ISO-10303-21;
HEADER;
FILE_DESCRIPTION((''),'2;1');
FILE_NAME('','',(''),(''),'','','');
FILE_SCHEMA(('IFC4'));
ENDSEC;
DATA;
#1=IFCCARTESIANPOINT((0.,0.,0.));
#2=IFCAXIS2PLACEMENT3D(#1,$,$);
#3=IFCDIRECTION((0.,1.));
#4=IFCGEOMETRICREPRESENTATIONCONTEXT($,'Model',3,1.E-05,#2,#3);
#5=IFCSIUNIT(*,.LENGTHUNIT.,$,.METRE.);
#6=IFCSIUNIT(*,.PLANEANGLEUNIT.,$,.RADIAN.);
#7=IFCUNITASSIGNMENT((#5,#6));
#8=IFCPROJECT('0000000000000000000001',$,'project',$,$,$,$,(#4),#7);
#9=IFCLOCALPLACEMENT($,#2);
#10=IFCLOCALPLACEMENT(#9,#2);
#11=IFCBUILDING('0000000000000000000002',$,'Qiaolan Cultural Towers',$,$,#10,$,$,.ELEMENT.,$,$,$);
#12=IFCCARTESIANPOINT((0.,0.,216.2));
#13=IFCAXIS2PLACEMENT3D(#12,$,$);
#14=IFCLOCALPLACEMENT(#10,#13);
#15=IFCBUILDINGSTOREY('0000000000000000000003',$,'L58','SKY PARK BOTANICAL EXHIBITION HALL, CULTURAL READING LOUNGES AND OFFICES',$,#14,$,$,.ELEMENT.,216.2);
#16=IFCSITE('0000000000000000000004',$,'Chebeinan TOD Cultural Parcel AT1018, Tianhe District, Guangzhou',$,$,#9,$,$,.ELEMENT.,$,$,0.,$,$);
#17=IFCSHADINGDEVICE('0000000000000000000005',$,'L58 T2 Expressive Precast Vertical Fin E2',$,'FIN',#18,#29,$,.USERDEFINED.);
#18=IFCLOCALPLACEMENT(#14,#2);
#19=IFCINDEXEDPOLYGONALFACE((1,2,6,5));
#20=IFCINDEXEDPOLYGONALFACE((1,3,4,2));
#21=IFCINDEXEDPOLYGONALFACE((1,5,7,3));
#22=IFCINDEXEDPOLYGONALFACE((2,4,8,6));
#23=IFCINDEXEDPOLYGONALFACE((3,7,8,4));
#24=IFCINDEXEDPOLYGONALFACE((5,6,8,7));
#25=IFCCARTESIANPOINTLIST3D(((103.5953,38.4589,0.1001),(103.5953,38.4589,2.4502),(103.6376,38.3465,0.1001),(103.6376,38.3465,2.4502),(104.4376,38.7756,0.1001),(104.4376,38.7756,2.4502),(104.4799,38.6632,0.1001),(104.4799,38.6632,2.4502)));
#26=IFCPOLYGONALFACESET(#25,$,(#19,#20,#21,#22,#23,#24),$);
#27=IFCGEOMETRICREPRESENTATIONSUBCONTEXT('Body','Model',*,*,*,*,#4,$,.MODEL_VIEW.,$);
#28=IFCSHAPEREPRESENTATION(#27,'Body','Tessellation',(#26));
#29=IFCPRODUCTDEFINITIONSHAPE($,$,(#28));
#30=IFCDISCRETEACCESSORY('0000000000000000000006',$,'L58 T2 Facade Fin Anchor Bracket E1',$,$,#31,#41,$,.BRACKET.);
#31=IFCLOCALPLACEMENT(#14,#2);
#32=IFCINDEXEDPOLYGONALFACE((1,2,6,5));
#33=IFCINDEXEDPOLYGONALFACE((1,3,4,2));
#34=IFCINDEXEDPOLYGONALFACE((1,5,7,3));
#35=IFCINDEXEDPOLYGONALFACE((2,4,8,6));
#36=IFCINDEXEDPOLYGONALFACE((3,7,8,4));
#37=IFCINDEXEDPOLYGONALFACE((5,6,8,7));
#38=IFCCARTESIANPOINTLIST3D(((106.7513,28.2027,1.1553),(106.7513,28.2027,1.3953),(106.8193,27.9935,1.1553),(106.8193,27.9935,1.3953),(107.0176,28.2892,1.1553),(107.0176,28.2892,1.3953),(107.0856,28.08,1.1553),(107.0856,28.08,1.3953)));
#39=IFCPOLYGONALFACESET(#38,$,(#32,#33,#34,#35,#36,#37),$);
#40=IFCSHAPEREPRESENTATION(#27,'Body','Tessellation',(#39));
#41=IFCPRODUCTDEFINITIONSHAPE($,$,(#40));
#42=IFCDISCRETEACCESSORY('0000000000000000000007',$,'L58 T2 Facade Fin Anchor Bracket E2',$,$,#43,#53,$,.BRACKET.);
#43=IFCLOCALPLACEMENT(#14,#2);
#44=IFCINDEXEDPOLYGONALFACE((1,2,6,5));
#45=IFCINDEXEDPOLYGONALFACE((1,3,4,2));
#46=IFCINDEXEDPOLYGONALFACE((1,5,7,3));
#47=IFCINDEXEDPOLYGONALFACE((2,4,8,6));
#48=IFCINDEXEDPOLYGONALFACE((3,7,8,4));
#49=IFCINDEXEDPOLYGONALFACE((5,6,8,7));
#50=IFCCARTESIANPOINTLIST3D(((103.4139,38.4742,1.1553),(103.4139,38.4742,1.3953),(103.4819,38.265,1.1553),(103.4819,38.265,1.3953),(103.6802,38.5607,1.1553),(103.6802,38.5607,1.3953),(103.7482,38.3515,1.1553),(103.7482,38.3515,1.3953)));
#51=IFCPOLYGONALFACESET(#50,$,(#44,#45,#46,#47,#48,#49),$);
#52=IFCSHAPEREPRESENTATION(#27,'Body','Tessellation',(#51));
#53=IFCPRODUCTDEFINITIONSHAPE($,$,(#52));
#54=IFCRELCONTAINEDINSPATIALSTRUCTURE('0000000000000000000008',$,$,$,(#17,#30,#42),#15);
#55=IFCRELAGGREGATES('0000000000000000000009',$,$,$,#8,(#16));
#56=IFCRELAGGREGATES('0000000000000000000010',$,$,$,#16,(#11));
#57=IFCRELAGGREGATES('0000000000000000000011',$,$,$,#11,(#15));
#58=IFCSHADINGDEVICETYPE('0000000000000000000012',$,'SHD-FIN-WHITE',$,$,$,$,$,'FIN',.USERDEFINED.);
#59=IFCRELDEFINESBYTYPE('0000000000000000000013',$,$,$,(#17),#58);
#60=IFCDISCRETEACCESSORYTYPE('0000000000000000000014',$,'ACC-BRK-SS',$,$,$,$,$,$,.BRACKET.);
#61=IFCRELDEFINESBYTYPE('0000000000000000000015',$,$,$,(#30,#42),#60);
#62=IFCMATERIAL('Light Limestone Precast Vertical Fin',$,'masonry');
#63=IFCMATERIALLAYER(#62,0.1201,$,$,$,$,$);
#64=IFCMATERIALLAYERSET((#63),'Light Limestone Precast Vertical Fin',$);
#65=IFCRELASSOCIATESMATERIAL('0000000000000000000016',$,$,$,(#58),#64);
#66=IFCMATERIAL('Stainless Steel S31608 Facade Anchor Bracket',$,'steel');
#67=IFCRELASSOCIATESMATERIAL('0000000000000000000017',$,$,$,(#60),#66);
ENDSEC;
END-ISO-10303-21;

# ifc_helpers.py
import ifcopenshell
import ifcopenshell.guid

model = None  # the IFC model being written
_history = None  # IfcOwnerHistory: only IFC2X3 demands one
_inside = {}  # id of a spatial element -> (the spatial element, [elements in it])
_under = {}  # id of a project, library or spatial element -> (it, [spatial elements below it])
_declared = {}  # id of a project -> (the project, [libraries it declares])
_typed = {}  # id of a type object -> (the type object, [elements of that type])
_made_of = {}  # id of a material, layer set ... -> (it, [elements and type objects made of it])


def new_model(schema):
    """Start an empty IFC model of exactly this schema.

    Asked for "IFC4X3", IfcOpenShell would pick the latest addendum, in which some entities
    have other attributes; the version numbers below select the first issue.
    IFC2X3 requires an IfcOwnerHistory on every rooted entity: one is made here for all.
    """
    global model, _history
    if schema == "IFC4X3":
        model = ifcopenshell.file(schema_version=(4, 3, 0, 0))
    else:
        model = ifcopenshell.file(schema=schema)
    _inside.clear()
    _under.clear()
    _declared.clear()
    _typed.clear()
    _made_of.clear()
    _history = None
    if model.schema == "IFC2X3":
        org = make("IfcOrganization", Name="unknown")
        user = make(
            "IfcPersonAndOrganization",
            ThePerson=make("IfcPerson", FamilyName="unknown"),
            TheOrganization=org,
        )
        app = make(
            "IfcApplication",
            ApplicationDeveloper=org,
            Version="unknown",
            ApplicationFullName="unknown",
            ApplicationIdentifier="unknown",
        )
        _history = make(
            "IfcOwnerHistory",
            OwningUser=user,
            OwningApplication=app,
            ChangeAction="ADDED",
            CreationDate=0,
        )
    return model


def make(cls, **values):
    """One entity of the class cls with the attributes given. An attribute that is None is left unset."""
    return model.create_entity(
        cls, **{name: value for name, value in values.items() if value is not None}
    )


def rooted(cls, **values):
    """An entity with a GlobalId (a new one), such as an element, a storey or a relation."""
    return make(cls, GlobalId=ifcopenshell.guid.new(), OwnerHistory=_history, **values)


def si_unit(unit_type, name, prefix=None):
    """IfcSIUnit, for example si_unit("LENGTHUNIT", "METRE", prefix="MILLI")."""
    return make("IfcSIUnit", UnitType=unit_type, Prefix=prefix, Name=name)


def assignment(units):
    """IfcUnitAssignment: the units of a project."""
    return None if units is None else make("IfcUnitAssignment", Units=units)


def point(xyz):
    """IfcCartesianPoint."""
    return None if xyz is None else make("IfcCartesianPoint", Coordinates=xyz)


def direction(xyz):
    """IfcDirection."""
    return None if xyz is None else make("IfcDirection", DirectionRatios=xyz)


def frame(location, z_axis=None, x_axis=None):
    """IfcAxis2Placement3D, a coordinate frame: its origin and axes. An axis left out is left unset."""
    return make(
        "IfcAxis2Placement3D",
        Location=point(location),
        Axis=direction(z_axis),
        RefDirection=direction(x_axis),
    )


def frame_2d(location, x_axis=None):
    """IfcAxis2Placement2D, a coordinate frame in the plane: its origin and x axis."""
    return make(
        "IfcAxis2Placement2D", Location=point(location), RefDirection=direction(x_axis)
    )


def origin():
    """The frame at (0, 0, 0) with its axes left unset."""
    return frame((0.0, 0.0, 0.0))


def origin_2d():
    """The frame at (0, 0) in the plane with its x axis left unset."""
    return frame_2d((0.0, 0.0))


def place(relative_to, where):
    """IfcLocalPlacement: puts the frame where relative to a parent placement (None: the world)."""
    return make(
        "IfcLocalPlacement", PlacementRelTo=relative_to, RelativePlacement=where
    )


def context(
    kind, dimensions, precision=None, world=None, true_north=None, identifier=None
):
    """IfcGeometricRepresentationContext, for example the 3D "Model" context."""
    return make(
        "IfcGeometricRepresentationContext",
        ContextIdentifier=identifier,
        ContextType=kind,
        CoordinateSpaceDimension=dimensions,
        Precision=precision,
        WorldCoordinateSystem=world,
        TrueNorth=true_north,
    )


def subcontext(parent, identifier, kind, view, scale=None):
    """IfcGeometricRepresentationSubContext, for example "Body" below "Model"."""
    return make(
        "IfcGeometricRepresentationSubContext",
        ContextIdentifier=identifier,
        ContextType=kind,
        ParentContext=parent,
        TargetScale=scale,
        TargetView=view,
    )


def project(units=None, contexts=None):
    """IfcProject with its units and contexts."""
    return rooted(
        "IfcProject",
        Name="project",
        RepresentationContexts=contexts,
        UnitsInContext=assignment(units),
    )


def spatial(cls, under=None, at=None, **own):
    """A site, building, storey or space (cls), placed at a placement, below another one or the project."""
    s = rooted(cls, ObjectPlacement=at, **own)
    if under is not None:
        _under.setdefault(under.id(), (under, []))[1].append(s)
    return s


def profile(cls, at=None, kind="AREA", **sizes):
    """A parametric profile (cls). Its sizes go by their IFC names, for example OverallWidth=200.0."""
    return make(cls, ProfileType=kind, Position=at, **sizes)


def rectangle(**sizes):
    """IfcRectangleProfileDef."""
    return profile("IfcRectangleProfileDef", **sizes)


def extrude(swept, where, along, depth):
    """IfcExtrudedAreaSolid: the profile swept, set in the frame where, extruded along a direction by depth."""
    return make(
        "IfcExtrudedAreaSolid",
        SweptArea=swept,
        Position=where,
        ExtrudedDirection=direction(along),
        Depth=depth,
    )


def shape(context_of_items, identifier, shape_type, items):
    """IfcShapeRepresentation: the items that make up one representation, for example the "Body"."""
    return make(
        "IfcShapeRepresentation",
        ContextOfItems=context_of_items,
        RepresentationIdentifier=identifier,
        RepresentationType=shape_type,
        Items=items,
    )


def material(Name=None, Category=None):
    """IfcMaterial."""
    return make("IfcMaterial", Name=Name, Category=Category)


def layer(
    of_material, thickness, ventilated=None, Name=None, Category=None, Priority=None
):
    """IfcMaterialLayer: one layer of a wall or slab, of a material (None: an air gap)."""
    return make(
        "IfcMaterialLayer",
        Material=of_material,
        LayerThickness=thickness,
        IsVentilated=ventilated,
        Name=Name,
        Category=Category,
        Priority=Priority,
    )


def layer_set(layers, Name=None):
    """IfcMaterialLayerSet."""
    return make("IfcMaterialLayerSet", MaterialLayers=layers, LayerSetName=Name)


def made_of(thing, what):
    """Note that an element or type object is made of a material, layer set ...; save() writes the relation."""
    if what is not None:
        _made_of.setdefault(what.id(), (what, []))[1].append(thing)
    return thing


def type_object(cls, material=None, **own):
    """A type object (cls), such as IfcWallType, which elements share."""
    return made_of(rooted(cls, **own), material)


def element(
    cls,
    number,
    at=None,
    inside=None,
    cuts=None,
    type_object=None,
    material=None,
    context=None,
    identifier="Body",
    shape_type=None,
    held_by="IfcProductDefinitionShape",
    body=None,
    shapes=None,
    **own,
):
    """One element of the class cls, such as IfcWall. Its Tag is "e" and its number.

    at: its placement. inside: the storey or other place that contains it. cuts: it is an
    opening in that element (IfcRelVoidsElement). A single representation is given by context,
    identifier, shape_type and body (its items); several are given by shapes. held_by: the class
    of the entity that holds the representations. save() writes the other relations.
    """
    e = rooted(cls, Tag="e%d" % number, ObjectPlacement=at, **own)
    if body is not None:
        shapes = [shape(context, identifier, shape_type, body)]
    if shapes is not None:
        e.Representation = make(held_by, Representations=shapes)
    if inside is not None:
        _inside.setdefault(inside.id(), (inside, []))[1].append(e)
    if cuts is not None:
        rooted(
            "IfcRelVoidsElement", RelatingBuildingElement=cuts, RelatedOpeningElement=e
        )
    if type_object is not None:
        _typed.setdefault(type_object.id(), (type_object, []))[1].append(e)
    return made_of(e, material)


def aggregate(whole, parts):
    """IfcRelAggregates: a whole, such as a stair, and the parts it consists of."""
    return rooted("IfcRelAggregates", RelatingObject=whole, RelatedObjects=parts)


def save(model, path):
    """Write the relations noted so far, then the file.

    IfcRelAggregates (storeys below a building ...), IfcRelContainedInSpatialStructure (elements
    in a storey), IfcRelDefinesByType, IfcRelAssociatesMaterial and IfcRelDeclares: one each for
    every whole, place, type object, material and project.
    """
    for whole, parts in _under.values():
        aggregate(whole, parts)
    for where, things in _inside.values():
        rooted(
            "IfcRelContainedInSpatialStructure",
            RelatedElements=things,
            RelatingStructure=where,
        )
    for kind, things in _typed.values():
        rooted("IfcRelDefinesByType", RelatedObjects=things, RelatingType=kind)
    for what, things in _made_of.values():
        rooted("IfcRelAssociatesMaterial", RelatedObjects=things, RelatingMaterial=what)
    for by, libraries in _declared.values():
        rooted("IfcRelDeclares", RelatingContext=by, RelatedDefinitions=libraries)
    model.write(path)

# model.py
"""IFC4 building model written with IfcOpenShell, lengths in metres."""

from ifc_helpers import new_model, si_unit, direction, frame, origin, origin_2d, place, context, subcontext, project, spatial, rectangle, extrude, material, layer, layer_set, type_object, element, save


model = new_model("IFC4")

# Units and contexts
model_context = context("Model", 3, precision=1e-05, world=origin(), true_north=direction((0.0, 1.0)))
body_context = subcontext(model_context, "Body", "Model", "MODEL_VIEW")
ifc_project = project(units=[si_unit("LENGTHUNIT", "METRE"), si_unit("PLANEANGLEUNIT", "RADIAN")], contexts=[model_context])

# Site, building, storey
site_placement = place(None, origin())
site = spatial("IfcSite", under=ifc_project, at=site_placement, Name="Chebeinan TOD Cultural Parcel AT1018, Tianhe District, Guangzhou", CompositionType="ELEMENT", RefElevation=0.0)
building_placement = place(site_placement, origin())
building = spatial("IfcBuilding", under=site, at=building_placement, Name="Qiaolan Cultural Towers", CompositionType="ELEMENT")
storey_placement = place(building_placement, frame((0.0, 0.0, 216.2)))
storey = spatial("IfcBuildingStorey", under=building, at=storey_placement, Name="L58", Description="SKY PARK BOTANICAL EXHIBITION HALL, CULTURAL READING LOUNGES AND OFFICES", CompositionType="ELEMENT", Elevation=216.2)

# Shading device
ifc_material_1 = material(Name="Light Limestone Precast Vertical Fin", Category="masonry")
ifc_layer_1 = layer(ifc_material_1, 0.1201)
ifc_layer_set_1 = layer_set([ifc_layer_1], Name="Light Limestone Precast Vertical Fin")
shading_device_type = type_object("IfcShadingDeviceType", Name="SHD-FIN-WHITE", ElementType="FIN", PredefinedType="USERDEFINED", material=ifc_layer_set_1)
for number, where, z_axis, x_axis, name in (
    (1, (104.0376, 38.561, 0.1001), (0.0, 0.0, 1.0), (0.936031, 0.351919, 0.0), "L58 T2 Expressive Precast Vertical Fin E2"),
):
    element("IfcShadingDevice", number, at=place(storey_placement, frame(where, z_axis=z_axis, x_axis=x_axis)), inside=storey, type_object=shading_device_type, Name=name, ObjectType="FIN", PredefinedType="USERDEFINED", context=body_context, shape_type="SweptSolid", body=[
        extrude(rectangle(XDim=0.8999, YDim=0.1201, at=origin_2d()), origin(), (0.0, 0.0, 1.0), 2.3501),
    ])

# Discrete accessories
ifc_material_2 = material(Name="Stainless Steel S31608 Facade Anchor Bracket", Category="steel")
discrete_accessory_type = type_object("IfcDiscreteAccessoryType", Name="ACC-BRK-SS", PredefinedType="BRACKET", material=ifc_material_2)
for number, where, z_axis, x_axis, name in (
    (2, (106.9185, 28.1414, 1.1553), (0.0, 0.0, 1.0), (0.951057, 0.309017, 0.0), "L58 T2 Facade Fin Anchor Bracket E1"),
    (3, (103.5811, 38.4128, 1.1553), (0.0, 0.0, 1.0), (0.951057, 0.309017, 0.0), "L58 T2 Facade Fin Anchor Bracket E2"),
):
    element("IfcDiscreteAccessory", number, at=place(storey_placement, frame(where, z_axis=z_axis, x_axis=x_axis)), inside=storey, type_object=discrete_accessory_type, Name=name, PredefinedType="BRACKET", context=body_context, shape_type="SweptSolid", body=[
        extrude(rectangle(XDim=0.28, YDim=0.22, at=origin_2d()), origin(), (0.0, 0.0, 1.0), 0.24),
    ])

save(model, "model.ifc")
